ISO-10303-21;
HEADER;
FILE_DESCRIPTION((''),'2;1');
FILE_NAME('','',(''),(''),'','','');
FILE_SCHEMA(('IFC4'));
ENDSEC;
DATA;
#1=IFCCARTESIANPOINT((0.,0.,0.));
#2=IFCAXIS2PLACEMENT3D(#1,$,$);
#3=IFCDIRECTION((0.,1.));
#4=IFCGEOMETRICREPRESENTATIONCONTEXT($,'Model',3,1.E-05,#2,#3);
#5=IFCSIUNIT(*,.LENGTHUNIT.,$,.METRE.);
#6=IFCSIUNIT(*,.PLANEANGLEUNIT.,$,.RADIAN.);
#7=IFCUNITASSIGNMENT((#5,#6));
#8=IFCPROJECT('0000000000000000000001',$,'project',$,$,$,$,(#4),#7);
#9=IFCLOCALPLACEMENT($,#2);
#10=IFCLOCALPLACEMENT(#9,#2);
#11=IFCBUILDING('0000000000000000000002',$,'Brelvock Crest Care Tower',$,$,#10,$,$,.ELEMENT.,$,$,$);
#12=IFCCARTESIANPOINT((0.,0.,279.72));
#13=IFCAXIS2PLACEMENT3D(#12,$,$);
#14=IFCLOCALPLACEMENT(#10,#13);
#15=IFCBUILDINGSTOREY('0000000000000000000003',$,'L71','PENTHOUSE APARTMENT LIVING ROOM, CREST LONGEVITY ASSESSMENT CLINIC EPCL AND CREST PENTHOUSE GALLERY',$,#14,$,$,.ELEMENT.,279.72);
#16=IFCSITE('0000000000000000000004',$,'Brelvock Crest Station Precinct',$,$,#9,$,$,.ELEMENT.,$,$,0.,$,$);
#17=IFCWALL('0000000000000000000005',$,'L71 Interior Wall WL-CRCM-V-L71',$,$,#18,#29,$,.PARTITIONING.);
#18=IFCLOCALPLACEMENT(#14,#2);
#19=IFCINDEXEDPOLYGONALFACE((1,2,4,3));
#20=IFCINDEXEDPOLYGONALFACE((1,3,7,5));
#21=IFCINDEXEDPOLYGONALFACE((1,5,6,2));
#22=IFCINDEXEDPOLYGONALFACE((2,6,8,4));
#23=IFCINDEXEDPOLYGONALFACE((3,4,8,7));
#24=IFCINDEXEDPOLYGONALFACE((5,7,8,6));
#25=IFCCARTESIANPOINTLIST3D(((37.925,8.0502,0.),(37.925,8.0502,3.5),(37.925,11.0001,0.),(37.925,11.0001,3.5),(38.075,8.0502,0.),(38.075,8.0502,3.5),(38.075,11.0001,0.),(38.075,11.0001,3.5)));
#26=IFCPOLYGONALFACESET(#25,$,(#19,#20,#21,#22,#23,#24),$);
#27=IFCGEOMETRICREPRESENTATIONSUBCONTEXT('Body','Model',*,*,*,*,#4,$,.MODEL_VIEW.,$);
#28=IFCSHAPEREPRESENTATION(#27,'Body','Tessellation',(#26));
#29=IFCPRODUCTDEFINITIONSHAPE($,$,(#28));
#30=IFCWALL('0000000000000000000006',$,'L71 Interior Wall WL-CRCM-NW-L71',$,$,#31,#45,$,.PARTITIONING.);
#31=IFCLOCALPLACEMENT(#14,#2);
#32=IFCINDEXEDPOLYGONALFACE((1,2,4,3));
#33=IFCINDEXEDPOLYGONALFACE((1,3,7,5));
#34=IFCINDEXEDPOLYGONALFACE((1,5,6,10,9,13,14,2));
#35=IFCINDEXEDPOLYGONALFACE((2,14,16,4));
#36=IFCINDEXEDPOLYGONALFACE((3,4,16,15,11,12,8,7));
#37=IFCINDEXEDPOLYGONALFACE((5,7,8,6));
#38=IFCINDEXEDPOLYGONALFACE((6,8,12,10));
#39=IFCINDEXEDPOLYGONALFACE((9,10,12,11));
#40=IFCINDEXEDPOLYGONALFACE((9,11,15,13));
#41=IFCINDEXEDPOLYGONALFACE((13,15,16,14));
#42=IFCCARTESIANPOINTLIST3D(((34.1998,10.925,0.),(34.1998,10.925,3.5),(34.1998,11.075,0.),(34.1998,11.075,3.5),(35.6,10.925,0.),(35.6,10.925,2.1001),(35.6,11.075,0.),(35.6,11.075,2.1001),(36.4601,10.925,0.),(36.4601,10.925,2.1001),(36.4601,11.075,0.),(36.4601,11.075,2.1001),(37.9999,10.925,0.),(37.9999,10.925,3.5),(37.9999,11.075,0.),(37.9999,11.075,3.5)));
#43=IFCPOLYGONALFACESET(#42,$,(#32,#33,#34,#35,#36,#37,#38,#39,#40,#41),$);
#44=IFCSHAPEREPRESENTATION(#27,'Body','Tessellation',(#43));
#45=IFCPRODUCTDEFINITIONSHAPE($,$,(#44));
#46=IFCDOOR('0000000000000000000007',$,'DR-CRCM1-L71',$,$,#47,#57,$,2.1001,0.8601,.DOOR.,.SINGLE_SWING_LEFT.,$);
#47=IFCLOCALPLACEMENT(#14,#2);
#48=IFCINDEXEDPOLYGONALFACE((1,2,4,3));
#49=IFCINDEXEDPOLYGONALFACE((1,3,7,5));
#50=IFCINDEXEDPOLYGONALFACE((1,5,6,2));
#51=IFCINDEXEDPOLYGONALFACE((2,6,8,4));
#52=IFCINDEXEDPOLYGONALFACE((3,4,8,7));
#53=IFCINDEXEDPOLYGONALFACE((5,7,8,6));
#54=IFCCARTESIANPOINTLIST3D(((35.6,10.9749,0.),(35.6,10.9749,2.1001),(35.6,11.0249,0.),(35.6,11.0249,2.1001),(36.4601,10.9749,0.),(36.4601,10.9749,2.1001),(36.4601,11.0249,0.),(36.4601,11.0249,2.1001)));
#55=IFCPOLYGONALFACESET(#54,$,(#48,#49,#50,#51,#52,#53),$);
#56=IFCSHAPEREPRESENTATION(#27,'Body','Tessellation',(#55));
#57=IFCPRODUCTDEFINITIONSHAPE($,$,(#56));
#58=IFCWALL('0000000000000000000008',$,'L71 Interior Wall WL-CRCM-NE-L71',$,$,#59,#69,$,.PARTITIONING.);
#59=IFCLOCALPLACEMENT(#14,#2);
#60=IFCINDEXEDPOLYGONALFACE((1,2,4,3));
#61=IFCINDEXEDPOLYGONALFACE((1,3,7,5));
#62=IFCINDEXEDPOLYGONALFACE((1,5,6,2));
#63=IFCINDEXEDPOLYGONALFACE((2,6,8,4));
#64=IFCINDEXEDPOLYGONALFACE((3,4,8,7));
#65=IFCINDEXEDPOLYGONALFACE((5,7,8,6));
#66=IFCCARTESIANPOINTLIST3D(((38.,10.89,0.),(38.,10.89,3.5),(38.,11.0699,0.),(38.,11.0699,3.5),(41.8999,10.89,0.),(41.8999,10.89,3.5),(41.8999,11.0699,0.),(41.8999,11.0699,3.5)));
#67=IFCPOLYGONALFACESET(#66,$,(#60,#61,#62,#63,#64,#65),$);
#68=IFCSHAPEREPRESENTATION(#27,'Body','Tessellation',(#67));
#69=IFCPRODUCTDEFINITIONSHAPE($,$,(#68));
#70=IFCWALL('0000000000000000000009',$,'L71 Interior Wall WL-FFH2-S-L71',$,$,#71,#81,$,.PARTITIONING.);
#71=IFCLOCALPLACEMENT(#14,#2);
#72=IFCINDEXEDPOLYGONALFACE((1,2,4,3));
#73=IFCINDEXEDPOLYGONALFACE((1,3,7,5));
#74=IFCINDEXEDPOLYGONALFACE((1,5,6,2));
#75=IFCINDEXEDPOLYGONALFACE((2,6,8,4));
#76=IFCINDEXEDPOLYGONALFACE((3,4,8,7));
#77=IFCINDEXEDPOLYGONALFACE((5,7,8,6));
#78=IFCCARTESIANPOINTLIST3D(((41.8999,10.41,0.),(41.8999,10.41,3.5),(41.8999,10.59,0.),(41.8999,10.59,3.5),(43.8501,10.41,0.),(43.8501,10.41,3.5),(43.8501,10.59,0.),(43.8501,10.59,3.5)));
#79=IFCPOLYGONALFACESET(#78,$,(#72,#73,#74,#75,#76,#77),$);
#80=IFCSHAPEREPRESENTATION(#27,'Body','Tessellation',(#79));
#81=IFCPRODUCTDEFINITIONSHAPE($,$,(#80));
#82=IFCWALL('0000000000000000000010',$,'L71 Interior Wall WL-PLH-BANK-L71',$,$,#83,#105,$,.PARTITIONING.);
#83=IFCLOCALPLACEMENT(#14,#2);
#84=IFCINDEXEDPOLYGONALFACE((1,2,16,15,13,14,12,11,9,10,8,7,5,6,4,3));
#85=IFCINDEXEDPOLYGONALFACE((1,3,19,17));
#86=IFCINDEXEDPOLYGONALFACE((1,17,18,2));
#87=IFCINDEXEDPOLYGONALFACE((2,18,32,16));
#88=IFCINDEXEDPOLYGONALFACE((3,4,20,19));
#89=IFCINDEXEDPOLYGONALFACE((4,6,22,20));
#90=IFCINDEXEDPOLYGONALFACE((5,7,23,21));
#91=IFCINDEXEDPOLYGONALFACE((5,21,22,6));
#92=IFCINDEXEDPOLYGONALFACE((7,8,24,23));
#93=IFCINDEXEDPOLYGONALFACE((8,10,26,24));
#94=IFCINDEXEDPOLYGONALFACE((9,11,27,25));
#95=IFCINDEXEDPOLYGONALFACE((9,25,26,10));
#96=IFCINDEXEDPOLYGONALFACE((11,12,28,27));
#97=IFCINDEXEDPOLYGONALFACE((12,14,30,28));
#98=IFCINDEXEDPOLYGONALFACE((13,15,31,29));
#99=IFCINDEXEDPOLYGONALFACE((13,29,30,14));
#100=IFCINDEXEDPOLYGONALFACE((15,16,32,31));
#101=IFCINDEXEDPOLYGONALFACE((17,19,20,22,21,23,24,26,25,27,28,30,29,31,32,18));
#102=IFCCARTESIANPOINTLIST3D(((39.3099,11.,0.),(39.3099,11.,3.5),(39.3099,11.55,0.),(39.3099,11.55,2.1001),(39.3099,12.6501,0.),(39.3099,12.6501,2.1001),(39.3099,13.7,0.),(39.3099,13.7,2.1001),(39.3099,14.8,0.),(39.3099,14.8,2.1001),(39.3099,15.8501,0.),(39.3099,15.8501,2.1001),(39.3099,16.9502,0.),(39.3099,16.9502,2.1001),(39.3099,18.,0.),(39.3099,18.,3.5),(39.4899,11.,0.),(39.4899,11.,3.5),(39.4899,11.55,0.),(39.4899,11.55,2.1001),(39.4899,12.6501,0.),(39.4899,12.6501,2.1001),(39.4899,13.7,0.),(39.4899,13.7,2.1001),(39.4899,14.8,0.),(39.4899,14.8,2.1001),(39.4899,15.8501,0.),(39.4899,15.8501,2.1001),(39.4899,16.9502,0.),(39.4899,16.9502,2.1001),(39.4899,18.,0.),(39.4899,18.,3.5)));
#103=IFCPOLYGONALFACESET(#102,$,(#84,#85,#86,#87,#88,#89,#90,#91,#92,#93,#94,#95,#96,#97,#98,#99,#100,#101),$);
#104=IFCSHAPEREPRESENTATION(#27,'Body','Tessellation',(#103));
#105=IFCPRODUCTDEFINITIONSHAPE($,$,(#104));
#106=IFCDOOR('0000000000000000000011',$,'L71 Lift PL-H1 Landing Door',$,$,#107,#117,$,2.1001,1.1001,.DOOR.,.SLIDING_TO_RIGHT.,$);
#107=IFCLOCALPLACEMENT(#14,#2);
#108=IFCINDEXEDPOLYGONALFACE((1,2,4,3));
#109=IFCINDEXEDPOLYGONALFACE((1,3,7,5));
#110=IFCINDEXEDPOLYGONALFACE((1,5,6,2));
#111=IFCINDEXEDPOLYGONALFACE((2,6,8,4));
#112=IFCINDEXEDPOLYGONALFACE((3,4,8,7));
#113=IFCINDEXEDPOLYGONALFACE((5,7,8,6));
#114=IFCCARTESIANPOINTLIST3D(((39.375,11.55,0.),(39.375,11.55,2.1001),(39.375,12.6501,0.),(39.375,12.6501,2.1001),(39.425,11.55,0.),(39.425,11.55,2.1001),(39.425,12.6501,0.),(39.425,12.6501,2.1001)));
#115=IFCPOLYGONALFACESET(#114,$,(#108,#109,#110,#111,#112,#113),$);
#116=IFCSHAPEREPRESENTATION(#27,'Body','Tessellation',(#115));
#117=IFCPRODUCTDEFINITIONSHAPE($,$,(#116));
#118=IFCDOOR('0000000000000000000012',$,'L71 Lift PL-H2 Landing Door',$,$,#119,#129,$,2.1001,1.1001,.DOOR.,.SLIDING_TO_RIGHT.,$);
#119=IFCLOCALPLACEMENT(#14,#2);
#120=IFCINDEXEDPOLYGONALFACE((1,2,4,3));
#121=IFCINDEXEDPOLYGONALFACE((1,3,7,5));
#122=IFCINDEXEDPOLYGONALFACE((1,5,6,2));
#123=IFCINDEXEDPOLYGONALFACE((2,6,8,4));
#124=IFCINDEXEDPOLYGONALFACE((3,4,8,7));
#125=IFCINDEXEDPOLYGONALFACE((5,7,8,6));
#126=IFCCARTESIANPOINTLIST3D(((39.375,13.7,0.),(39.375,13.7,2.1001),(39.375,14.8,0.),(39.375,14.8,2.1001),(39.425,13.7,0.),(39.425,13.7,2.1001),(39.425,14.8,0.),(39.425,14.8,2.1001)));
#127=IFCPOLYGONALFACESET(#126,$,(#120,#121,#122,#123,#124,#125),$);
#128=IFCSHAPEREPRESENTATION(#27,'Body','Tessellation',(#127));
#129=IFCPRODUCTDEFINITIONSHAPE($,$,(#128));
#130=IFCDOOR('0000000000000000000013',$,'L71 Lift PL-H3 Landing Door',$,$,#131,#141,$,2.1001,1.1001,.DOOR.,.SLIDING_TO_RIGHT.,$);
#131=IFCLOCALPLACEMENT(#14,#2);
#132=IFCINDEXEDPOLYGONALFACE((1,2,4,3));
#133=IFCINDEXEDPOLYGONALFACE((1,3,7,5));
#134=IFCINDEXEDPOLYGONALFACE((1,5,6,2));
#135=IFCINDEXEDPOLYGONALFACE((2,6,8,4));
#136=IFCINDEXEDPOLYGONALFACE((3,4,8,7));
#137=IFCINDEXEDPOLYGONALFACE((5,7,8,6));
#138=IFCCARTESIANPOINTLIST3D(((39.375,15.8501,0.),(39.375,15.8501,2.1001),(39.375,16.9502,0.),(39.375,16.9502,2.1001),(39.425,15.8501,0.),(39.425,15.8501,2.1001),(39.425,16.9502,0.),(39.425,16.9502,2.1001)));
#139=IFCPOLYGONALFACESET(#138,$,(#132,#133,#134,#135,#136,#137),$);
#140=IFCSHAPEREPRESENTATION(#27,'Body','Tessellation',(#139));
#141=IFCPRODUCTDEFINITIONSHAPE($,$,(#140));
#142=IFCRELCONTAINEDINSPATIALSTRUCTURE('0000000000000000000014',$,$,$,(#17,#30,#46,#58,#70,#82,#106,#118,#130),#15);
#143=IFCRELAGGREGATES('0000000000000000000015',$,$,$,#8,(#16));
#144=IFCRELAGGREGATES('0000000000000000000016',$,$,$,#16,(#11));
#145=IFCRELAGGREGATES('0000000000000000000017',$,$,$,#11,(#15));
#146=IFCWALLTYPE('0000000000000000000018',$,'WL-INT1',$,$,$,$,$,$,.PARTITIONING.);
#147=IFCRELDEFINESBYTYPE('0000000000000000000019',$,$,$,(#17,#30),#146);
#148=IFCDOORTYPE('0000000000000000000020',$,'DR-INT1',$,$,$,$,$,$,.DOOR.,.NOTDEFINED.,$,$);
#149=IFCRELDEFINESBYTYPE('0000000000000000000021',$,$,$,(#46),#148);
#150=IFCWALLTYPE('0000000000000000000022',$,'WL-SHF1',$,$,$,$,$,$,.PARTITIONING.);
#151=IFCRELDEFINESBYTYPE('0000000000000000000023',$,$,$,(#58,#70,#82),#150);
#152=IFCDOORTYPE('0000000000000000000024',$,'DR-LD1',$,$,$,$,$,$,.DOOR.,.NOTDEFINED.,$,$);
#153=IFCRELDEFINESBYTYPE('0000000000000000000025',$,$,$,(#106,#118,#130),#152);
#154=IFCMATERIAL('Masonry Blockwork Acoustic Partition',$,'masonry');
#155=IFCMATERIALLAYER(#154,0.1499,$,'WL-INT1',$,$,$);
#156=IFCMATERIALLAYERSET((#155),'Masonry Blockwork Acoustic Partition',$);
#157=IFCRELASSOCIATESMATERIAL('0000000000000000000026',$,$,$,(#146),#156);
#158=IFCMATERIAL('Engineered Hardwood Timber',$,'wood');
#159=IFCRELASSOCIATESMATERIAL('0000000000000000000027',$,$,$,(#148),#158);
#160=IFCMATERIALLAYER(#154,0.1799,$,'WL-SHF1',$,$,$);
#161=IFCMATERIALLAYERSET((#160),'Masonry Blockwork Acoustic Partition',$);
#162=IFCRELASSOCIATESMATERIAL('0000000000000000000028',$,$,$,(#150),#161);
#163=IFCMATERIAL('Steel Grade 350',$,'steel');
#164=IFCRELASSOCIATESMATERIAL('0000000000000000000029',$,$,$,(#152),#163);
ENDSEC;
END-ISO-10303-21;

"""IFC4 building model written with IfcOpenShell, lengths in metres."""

from ifc_helpers import new_model, si_unit, direction, frame, frame_2d, origin, origin_2d, place, context, subcontext, project, spatial, rectangle, extrude, source, transform, mapped, material, layer, layer_set, type_object, element, fill, save


model = new_model("IFC4")

# Units and contexts
model_context = context("Model", 3, precision=1e-05, world=origin(), true_north=direction((0.0, 1.0)))
body_context = subcontext(model_context, "Body", "Model", "MODEL_VIEW")
ifc_project = project(units=[si_unit("LENGTHUNIT", "METRE"), si_unit("PLANEANGLEUNIT", "RADIAN")], contexts=[model_context])

# Site, building, storey
site_placement = place(None, origin())
site = spatial("IfcSite", under=ifc_project, at=site_placement, Name="Brelvock Crest Station Precinct", CompositionType="ELEMENT", RefElevation=0.0)
building_placement = place(site_placement, origin())
building = spatial("IfcBuilding", under=site, at=building_placement, Name="Brelvock Crest Care Tower", CompositionType="ELEMENT")
storey_placement = place(building_placement, frame((0.0, 0.0, 279.72)))
storey = spatial("IfcBuildingStorey", under=building, at=storey_placement, Name="L71", Description="PENTHOUSE APARTMENT LIVING ROOM, CREST LONGEVITY ASSESSMENT CLINIC EPCL AND CREST PENTHOUSE GALLERY", CompositionType="ELEMENT", Elevation=279.72)

# Shared definitions
ifc_material_1 = material(Name="Steel Grade 350", Category="steel")

# Shared definitions
ifc_material_2 = material(Name="Masonry Blockwork Acoustic Partition", Category="masonry")
ifc_layer_1 = layer(ifc_material_2, 0.1499, Name="WL-INT1")
ifc_layer_set_1 = layer_set([ifc_layer_1], Name="Masonry Blockwork Acoustic Partition")
wall_type_1 = type_object("IfcWallType", Name="WL-INT1", PredefinedType="PARTITIONING", material=ifc_layer_set_1)

# Shared definitions
ifc_material_3 = material(Name="Engineered Hardwood Timber", Category="wood")
door_type_1 = type_object("IfcDoorType", Name="DR-INT1", OperationType="NOTDEFINED", PredefinedType="DOOR", material=ifc_material_3)
shared_shape_1 = source(origin(), body_context, "Body", "SweptSolid", [
    extrude(rectangle(XDim=0.8601, YDim=2.1001, at=origin_2d()), frame((0.4302, 0.0249, 1.05), z_axis=(0.0, -1.0, 0.0), x_axis=(1.0, 0.0, 0.0)), (0.0, 0.0, 1.0), 0.05),
])

# Wall
wall_1_placement = place(storey_placement, frame((38.0, 8.05, 0.0), z_axis=(0.0, 0.0, 1.0), x_axis=(0.0, 1.0, 0.0)))
element("IfcWall", 1, at=wall_1_placement, inside=storey, type_object=wall_type_1, Name="L71 Interior Wall WL-CRCM-V-L71", PredefinedType="PARTITIONING", context=body_context, shape_type="SweptSolid", body=[
    extrude(rectangle(XDim=2.95, YDim=0.1499, at=frame_2d((1.4751, 0.0))), origin(), (0.0, 0.0, 1.0), 3.5),
])

# Wall, opening, door
wall_2_placement = place(storey_placement, frame((34.2, 11.0, 0.0), z_axis=(0.0, 0.0, 1.0), x_axis=(1.0, 0.0, 0.0)))
wall_2 = element("IfcWall", 2, at=wall_2_placement, inside=storey, type_object=wall_type_1, Name="L71 Interior Wall WL-CRCM-NW-L71", PredefinedType="PARTITIONING", context=body_context, shape_type="SweptSolid", body=[
    extrude(rectangle(XDim=3.8, YDim=0.1499, at=frame_2d((1.8999, 0.0))), origin(), (0.0, 0.0, 1.0), 3.5),
])
opening_1_placement = place(wall_2_placement, frame((1.3999, 0.0, 0.0)))
opening_1 = element("IfcOpeningElement", 3, at=opening_1_placement, cuts=wall_2, PredefinedType="OPENING", context=body_context, shape_type="SweptSolid", body=[
    extrude(rectangle(XDim=0.8601, YDim=2.1001, at=origin_2d()), frame((0.4302, 0.085, 1.05), z_axis=(0.0, -1.0, 0.0), x_axis=(1.0, 0.0, 0.0)), (0.0, 0.0, 1.0), 0.1699),
])
door_1_placement = place(opening_1_placement, origin())
door_1 = element("IfcDoor", 4, at=door_1_placement, inside=storey, type_object=door_type_1, Name="DR-CRCM1-L71", OperationType="SINGLE_SWING_LEFT", OverallHeight=2.1001, OverallWidth=0.8601, PredefinedType="DOOR", context=body_context, shape_type="MappedRepresentation", body=[
    mapped(shared_shape_1, transform((0.0, 0.0, 0.0), x_axis=(1.0, 0.0, 0.0), y_axis=(0.0, 1.0, 0.0), z_axis=(0.0, 0.0, 1.0), scale=1.0)),
])
fill(opening_1, door_1)

# Walls
ifc_layer_2 = layer(ifc_material_2, 0.1799, Name="WL-SHF1")
ifc_layer_set_2 = layer_set([ifc_layer_2], Name="Masonry Blockwork Acoustic Partition")
wall_type_2 = type_object("IfcWallType", Name="WL-SHF1", PredefinedType="PARTITIONING", material=ifc_layer_set_2)
wall_3_placement = place(storey_placement, frame((38.0, 10.98, 0.0), z_axis=(0.0, 0.0, 1.0), x_axis=(1.0, 0.0, 0.0)))
element("IfcWall", 5, at=wall_3_placement, inside=storey, type_object=wall_type_2, Name="L71 Interior Wall WL-CRCM-NE-L71", PredefinedType="PARTITIONING", context=body_context, shape_type="SweptSolid", body=[
    extrude(rectangle(XDim=3.8999, YDim=0.1799, at=frame_2d((1.95, 0.0))), origin(), (0.0, 0.0, 1.0), 3.5),
])
wall_4_placement = place(storey_placement, frame((41.8999, 10.5, 0.0), z_axis=(0.0, 0.0, 1.0), x_axis=(1.0, 0.0, 0.0)))
element("IfcWall", 6, at=wall_4_placement, inside=storey, type_object=wall_type_2, Name="L71 Interior Wall WL-FFH2-S-L71", PredefinedType="PARTITIONING", context=body_context, shape_type="SweptSolid", body=[
    extrude(rectangle(XDim=1.9502, YDim=0.1799, at=frame_2d((0.9751, 0.0))), origin(), (0.0, 0.0, 1.0), 3.5),
])

# Wall, openings, doors
wall_5_placement = place(storey_placement, frame((39.3999, 11.0, 0.0), z_axis=(0.0, 0.0, 1.0), x_axis=(0.0, 1.0, 0.0)))
wall_5 = element("IfcWall", 7, at=wall_5_placement, inside=storey, type_object=wall_type_2, Name="L71 Interior Wall WL-PLH-BANK-L71", PredefinedType="PARTITIONING", context=body_context, shape_type="SweptSolid", body=[
    extrude(rectangle(XDim=7.0, YDim=0.1799, at=frame_2d((3.5, 0.0))), origin(), (0.0, 0.0, 1.0), 3.5),
])
opening_2_placement = place(wall_5_placement, frame((0.55, 0.0, 0.0)))
opening_2 = element("IfcOpeningElement", 8, at=opening_2_placement, cuts=wall_5, PredefinedType="OPENING", context=body_context, shape_type="SweptSolid", body=[
    extrude(rectangle(XDim=1.1001, YDim=2.1001, at=origin_2d()), frame((0.55, 0.1001, 1.05), z_axis=(0.0, -1.0, 0.0), x_axis=(1.0, 0.0, 0.0)), (0.0, 0.0, 1.0), 0.2),
])
opening_3_placement = place(wall_5_placement, frame((2.7, 0.0, 0.0)))
opening_3 = element("IfcOpeningElement", 9, at=opening_3_placement, cuts=wall_5, PredefinedType="OPENING", context=body_context, shape_type="SweptSolid", body=[
    extrude(rectangle(XDim=1.1001, YDim=2.1001, at=origin_2d()), frame((0.55, 0.1001, 1.05), z_axis=(0.0, -1.0, 0.0), x_axis=(1.0, 0.0, 0.0)), (0.0, 0.0, 1.0), 0.2),
])
opening_4_placement = place(wall_5_placement, frame((4.8501, 0.0, 0.0)))
opening_4 = element("IfcOpeningElement", 10, at=opening_4_placement, cuts=wall_5, PredefinedType="OPENING", context=body_context, shape_type="SweptSolid", body=[
    extrude(rectangle(XDim=1.1001, YDim=2.1001, at=origin_2d()), frame((0.55, 0.1001, 1.05), z_axis=(0.0, -1.0, 0.0), x_axis=(1.0, 0.0, 0.0)), (0.0, 0.0, 1.0), 0.2),
])
door_type_2 = type_object("IfcDoorType", Name="DR-LD1", OperationType="NOTDEFINED", PredefinedType="DOOR", material=ifc_material_1)
shared_shape_2 = source(origin(), body_context, "Body", "SweptSolid", [
    extrude(rectangle(XDim=1.1001, YDim=2.1001, at=origin_2d()), frame((0.55, 0.0249, 1.05), z_axis=(0.0, -1.0, 0.0), x_axis=(1.0, 0.0, 0.0)), (0.0, 0.0, 1.0), 0.05),
])
door_2_placement = place(opening_2_placement, origin())
door_2 = element("IfcDoor", 11, at=door_2_placement, inside=storey, type_object=door_type_2, Name="L71 Lift PL-H1 Landing Door", OperationType="SLIDING_TO_RIGHT", OverallHeight=2.1001, OverallWidth=1.1001, PredefinedType="DOOR", context=body_context, shape_type="MappedRepresentation", body=[
    mapped(shared_shape_2, transform((0.0, 0.0, 0.0), x_axis=(1.0, 0.0, 0.0), y_axis=(0.0, 1.0, 0.0), z_axis=(0.0, 0.0, 1.0), scale=1.0)),
])
fill(opening_2, door_2)
door_3_placement = place(opening_3_placement, origin())
door_3 = element("IfcDoor", 12, at=door_3_placement, inside=storey, type_object=door_type_2, Name="L71 Lift PL-H2 Landing Door", OperationType="SLIDING_TO_RIGHT", OverallHeight=2.1001, OverallWidth=1.1001, PredefinedType="DOOR", context=body_context, shape_type="MappedRepresentation", body=[
    mapped(shared_shape_2, transform((0.0, 0.0, 0.0), x_axis=(1.0, 0.0, 0.0), y_axis=(0.0, 1.0, 0.0), z_axis=(0.0, 0.0, 1.0), scale=1.0)),
])
fill(opening_3, door_3)
door_4_placement = place(opening_4_placement, origin())
door_4 = element("IfcDoor", 13, at=door_4_placement, inside=storey, type_object=door_type_2, Name="L71 Lift PL-H3 Landing Door", OperationType="SLIDING_TO_RIGHT", OverallHeight=2.1001, OverallWidth=1.1001, PredefinedType="DOOR", context=body_context, shape_type="MappedRepresentation", body=[
    mapped(shared_shape_2, transform((0.0, 0.0, 0.0), x_axis=(1.0, 0.0, 0.0), y_axis=(0.0, 1.0, 0.0), z_axis=(0.0, 0.0, 1.0), scale=1.0)),
])
fill(opening_4, door_4)

save(model, "model.ifc")
